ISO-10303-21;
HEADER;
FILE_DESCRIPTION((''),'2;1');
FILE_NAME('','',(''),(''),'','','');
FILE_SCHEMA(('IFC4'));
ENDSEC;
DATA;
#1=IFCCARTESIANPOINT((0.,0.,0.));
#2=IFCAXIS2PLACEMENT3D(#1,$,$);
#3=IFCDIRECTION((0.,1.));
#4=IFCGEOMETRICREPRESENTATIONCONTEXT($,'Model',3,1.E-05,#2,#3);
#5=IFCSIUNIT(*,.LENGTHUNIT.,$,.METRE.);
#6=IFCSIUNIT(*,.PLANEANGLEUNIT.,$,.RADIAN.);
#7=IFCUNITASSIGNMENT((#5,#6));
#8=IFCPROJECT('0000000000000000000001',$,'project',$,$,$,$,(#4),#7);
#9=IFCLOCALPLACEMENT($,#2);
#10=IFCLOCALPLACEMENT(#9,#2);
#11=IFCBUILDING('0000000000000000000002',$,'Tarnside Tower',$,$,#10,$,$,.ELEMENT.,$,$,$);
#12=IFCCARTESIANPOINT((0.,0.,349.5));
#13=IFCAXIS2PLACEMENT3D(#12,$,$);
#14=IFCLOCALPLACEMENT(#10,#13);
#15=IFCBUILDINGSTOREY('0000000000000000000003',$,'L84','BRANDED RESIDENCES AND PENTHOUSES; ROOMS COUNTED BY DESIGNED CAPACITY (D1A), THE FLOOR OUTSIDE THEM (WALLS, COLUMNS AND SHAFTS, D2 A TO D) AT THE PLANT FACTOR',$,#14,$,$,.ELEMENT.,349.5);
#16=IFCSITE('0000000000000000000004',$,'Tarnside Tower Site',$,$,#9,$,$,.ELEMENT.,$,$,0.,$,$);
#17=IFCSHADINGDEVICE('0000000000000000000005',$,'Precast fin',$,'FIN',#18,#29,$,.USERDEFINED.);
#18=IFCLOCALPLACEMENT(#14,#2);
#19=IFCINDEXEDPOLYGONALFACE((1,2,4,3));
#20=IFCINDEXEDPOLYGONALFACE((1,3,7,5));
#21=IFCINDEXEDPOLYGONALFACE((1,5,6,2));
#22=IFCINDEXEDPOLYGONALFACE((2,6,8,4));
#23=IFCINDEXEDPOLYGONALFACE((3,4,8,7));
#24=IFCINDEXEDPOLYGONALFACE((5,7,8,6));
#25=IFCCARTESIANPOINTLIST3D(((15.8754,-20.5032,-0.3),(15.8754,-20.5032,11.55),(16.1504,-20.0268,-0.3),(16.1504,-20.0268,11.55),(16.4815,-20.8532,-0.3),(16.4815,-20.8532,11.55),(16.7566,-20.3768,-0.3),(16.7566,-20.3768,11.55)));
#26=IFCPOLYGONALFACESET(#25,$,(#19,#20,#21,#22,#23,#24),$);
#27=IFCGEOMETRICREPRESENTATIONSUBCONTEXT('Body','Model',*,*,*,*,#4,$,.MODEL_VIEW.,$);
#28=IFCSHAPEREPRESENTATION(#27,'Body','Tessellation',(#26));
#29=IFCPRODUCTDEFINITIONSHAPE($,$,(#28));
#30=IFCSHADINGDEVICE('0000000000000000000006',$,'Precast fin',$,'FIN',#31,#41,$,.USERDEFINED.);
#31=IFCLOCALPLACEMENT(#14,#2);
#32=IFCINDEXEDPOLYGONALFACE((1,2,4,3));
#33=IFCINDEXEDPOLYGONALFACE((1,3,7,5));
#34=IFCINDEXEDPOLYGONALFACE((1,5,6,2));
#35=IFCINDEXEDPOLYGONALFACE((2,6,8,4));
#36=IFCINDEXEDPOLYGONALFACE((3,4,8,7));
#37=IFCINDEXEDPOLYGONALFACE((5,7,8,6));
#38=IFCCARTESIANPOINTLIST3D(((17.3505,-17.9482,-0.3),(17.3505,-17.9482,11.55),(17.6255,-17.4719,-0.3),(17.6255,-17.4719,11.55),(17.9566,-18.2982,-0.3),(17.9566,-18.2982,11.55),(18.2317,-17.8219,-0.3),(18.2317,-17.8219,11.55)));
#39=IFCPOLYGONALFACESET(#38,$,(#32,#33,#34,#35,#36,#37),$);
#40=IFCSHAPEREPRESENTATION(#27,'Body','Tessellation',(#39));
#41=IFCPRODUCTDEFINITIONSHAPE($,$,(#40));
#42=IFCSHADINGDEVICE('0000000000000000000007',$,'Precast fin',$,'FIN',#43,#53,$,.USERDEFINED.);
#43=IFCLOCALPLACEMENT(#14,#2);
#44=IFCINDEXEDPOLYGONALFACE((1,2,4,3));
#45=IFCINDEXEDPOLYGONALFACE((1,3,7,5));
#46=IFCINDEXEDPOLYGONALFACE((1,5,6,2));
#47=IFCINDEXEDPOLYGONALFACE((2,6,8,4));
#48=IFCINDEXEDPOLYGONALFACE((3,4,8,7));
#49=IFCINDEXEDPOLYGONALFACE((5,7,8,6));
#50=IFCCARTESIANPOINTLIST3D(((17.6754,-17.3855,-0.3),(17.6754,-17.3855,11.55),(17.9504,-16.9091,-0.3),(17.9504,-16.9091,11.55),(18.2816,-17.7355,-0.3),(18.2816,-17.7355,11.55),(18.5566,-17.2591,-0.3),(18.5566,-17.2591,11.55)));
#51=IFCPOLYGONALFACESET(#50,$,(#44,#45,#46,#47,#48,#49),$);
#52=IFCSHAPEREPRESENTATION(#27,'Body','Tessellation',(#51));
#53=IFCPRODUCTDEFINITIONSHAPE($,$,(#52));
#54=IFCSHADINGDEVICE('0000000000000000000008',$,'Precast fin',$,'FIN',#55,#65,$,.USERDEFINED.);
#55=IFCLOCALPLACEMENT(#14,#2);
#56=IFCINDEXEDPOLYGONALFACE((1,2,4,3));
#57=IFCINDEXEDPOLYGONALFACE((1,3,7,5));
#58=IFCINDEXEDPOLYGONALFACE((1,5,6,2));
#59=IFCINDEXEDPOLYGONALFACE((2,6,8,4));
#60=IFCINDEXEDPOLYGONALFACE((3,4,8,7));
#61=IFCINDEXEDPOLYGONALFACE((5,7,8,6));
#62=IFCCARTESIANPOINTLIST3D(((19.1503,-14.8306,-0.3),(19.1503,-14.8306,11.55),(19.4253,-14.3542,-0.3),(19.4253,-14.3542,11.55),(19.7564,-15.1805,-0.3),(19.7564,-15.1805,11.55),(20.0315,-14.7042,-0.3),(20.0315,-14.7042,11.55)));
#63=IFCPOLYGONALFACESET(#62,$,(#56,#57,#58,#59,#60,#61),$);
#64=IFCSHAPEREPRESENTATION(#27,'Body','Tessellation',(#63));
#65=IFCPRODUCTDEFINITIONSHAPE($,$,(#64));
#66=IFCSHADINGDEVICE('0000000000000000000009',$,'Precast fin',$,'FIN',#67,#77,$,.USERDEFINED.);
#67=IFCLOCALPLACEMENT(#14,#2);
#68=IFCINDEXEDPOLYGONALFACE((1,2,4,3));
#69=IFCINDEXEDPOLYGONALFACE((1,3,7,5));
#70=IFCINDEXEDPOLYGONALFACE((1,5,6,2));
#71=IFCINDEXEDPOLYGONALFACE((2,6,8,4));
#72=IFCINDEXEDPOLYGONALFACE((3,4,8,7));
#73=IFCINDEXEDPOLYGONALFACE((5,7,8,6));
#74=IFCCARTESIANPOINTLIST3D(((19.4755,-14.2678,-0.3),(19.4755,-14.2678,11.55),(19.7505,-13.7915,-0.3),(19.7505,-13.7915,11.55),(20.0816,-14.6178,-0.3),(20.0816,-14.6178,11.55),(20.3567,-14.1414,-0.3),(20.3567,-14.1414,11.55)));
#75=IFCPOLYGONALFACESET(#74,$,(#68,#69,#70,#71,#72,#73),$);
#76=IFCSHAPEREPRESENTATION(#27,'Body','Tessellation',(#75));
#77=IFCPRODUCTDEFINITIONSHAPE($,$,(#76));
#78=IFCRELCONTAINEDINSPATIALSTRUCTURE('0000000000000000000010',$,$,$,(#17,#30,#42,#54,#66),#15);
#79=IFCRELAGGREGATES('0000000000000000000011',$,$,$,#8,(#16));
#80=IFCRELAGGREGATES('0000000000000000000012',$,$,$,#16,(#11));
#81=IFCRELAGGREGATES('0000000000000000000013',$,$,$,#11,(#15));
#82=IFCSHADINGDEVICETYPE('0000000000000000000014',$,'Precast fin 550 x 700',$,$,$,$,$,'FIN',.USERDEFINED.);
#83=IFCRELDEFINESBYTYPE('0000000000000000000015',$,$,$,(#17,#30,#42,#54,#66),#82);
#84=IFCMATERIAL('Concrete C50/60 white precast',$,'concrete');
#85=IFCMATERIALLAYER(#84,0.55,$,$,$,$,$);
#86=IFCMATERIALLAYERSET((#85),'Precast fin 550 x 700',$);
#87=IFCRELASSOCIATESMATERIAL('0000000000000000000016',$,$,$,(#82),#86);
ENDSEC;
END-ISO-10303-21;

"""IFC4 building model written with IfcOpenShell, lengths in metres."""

from ifc_helpers import new_model, si_unit, direction, frame, origin, place, context, subcontext, project, spatial, polyline, outline, extrude, material, layer, layer_set, type_object, element, save


model = new_model("IFC4")

# Units and contexts
model_context = context("Model", 3, precision=1e-05, world=origin(), true_north=direction((0.0, 1.0)))
body_context = subcontext(model_context, "Body", "Model", "MODEL_VIEW")
ifc_project = project(units=[si_unit("LENGTHUNIT", "METRE"), si_unit("PLANEANGLEUNIT", "RADIAN")], contexts=[model_context])

# Site, building, storey
site_placement = place(None, origin())
site = spatial("IfcSite", under=ifc_project, at=site_placement, Name="Tarnside Tower Site", CompositionType="ELEMENT", RefElevation=0.0)
building_placement = place(site_placement, origin())
building = spatial("IfcBuilding", under=site, at=building_placement, Name="Tarnside Tower", CompositionType="ELEMENT")
storey_placement = place(building_placement, frame((0.0, 0.0, 349.5)))
storey = spatial("IfcBuildingStorey", under=building, at=storey_placement, Name="L84", Description="BRANDED RESIDENCES AND PENTHOUSES; ROOMS COUNTED BY DESIGNED CAPACITY (D1A), THE FLOOR OUTSIDE THEM (WALLS, COLUMNS AND SHAFTS, D2 A TO D) AT THE PLANT FACTOR", CompositionType="ELEMENT", Elevation=349.5)

# Shading devices
ifc_material_1 = material(Name="Concrete C50/60 white precast", Category="concrete")
ifc_layer_1 = layer(ifc_material_1, 0.55)
ifc_layer_set_1 = layer_set([ifc_layer_1], Name="Precast fin 550 x 700")
shading_device_type_1 = type_object("IfcShadingDeviceType", Name="Precast fin 550 x 700", ElementType="FIN", PredefinedType="USERDEFINED", material=ifc_layer_set_1)
for number, where, z_axis, x_axis, name in (
    (1, (16.0129, -20.2649, -0.3), (-0.5, -0.866025, 0.0), (0.866025, -0.5, 0.0), "Precast fin"),
    (2, (17.488, -17.71, -0.3), (-0.5, -0.866025, 0.0), (0.866025, -0.5, 0.0), "Precast fin"),
    (3, (17.813, -17.1472, -0.3), (-0.5, -0.866025, 0.0), (0.866025, -0.5, 0.0), "Precast fin"),
    (4, (19.2878, -14.5923, -0.3), (-0.5, -0.866025, 0.0), (0.866025, -0.5, 0.0), "Precast fin"),
    (5, (19.613, -14.0295, -0.3), (-0.5, -0.866025, 0.0), (0.866025, -0.5, 0.0), "Precast fin"),
):
    element("IfcShadingDevice", number, at=place(storey_placement, frame(where, z_axis=z_axis, x_axis=x_axis)), inside=storey, type_object=shading_device_type_1, Name=name, ObjectType="FIN", PredefinedType="USERDEFINED", context=body_context, shape_type="SweptSolid", body=[
        extrude(outline(polyline([(0.0, 0.0), (0.7, 0.0), (0.7, 11.8501), (0.0, 11.8501), (0.0, 0.0)])), frame((0.0, 0.0, -0.2749)), (0.0, 0.0, 1.0), 0.55),
    ])

save(model, "model.ifc")
